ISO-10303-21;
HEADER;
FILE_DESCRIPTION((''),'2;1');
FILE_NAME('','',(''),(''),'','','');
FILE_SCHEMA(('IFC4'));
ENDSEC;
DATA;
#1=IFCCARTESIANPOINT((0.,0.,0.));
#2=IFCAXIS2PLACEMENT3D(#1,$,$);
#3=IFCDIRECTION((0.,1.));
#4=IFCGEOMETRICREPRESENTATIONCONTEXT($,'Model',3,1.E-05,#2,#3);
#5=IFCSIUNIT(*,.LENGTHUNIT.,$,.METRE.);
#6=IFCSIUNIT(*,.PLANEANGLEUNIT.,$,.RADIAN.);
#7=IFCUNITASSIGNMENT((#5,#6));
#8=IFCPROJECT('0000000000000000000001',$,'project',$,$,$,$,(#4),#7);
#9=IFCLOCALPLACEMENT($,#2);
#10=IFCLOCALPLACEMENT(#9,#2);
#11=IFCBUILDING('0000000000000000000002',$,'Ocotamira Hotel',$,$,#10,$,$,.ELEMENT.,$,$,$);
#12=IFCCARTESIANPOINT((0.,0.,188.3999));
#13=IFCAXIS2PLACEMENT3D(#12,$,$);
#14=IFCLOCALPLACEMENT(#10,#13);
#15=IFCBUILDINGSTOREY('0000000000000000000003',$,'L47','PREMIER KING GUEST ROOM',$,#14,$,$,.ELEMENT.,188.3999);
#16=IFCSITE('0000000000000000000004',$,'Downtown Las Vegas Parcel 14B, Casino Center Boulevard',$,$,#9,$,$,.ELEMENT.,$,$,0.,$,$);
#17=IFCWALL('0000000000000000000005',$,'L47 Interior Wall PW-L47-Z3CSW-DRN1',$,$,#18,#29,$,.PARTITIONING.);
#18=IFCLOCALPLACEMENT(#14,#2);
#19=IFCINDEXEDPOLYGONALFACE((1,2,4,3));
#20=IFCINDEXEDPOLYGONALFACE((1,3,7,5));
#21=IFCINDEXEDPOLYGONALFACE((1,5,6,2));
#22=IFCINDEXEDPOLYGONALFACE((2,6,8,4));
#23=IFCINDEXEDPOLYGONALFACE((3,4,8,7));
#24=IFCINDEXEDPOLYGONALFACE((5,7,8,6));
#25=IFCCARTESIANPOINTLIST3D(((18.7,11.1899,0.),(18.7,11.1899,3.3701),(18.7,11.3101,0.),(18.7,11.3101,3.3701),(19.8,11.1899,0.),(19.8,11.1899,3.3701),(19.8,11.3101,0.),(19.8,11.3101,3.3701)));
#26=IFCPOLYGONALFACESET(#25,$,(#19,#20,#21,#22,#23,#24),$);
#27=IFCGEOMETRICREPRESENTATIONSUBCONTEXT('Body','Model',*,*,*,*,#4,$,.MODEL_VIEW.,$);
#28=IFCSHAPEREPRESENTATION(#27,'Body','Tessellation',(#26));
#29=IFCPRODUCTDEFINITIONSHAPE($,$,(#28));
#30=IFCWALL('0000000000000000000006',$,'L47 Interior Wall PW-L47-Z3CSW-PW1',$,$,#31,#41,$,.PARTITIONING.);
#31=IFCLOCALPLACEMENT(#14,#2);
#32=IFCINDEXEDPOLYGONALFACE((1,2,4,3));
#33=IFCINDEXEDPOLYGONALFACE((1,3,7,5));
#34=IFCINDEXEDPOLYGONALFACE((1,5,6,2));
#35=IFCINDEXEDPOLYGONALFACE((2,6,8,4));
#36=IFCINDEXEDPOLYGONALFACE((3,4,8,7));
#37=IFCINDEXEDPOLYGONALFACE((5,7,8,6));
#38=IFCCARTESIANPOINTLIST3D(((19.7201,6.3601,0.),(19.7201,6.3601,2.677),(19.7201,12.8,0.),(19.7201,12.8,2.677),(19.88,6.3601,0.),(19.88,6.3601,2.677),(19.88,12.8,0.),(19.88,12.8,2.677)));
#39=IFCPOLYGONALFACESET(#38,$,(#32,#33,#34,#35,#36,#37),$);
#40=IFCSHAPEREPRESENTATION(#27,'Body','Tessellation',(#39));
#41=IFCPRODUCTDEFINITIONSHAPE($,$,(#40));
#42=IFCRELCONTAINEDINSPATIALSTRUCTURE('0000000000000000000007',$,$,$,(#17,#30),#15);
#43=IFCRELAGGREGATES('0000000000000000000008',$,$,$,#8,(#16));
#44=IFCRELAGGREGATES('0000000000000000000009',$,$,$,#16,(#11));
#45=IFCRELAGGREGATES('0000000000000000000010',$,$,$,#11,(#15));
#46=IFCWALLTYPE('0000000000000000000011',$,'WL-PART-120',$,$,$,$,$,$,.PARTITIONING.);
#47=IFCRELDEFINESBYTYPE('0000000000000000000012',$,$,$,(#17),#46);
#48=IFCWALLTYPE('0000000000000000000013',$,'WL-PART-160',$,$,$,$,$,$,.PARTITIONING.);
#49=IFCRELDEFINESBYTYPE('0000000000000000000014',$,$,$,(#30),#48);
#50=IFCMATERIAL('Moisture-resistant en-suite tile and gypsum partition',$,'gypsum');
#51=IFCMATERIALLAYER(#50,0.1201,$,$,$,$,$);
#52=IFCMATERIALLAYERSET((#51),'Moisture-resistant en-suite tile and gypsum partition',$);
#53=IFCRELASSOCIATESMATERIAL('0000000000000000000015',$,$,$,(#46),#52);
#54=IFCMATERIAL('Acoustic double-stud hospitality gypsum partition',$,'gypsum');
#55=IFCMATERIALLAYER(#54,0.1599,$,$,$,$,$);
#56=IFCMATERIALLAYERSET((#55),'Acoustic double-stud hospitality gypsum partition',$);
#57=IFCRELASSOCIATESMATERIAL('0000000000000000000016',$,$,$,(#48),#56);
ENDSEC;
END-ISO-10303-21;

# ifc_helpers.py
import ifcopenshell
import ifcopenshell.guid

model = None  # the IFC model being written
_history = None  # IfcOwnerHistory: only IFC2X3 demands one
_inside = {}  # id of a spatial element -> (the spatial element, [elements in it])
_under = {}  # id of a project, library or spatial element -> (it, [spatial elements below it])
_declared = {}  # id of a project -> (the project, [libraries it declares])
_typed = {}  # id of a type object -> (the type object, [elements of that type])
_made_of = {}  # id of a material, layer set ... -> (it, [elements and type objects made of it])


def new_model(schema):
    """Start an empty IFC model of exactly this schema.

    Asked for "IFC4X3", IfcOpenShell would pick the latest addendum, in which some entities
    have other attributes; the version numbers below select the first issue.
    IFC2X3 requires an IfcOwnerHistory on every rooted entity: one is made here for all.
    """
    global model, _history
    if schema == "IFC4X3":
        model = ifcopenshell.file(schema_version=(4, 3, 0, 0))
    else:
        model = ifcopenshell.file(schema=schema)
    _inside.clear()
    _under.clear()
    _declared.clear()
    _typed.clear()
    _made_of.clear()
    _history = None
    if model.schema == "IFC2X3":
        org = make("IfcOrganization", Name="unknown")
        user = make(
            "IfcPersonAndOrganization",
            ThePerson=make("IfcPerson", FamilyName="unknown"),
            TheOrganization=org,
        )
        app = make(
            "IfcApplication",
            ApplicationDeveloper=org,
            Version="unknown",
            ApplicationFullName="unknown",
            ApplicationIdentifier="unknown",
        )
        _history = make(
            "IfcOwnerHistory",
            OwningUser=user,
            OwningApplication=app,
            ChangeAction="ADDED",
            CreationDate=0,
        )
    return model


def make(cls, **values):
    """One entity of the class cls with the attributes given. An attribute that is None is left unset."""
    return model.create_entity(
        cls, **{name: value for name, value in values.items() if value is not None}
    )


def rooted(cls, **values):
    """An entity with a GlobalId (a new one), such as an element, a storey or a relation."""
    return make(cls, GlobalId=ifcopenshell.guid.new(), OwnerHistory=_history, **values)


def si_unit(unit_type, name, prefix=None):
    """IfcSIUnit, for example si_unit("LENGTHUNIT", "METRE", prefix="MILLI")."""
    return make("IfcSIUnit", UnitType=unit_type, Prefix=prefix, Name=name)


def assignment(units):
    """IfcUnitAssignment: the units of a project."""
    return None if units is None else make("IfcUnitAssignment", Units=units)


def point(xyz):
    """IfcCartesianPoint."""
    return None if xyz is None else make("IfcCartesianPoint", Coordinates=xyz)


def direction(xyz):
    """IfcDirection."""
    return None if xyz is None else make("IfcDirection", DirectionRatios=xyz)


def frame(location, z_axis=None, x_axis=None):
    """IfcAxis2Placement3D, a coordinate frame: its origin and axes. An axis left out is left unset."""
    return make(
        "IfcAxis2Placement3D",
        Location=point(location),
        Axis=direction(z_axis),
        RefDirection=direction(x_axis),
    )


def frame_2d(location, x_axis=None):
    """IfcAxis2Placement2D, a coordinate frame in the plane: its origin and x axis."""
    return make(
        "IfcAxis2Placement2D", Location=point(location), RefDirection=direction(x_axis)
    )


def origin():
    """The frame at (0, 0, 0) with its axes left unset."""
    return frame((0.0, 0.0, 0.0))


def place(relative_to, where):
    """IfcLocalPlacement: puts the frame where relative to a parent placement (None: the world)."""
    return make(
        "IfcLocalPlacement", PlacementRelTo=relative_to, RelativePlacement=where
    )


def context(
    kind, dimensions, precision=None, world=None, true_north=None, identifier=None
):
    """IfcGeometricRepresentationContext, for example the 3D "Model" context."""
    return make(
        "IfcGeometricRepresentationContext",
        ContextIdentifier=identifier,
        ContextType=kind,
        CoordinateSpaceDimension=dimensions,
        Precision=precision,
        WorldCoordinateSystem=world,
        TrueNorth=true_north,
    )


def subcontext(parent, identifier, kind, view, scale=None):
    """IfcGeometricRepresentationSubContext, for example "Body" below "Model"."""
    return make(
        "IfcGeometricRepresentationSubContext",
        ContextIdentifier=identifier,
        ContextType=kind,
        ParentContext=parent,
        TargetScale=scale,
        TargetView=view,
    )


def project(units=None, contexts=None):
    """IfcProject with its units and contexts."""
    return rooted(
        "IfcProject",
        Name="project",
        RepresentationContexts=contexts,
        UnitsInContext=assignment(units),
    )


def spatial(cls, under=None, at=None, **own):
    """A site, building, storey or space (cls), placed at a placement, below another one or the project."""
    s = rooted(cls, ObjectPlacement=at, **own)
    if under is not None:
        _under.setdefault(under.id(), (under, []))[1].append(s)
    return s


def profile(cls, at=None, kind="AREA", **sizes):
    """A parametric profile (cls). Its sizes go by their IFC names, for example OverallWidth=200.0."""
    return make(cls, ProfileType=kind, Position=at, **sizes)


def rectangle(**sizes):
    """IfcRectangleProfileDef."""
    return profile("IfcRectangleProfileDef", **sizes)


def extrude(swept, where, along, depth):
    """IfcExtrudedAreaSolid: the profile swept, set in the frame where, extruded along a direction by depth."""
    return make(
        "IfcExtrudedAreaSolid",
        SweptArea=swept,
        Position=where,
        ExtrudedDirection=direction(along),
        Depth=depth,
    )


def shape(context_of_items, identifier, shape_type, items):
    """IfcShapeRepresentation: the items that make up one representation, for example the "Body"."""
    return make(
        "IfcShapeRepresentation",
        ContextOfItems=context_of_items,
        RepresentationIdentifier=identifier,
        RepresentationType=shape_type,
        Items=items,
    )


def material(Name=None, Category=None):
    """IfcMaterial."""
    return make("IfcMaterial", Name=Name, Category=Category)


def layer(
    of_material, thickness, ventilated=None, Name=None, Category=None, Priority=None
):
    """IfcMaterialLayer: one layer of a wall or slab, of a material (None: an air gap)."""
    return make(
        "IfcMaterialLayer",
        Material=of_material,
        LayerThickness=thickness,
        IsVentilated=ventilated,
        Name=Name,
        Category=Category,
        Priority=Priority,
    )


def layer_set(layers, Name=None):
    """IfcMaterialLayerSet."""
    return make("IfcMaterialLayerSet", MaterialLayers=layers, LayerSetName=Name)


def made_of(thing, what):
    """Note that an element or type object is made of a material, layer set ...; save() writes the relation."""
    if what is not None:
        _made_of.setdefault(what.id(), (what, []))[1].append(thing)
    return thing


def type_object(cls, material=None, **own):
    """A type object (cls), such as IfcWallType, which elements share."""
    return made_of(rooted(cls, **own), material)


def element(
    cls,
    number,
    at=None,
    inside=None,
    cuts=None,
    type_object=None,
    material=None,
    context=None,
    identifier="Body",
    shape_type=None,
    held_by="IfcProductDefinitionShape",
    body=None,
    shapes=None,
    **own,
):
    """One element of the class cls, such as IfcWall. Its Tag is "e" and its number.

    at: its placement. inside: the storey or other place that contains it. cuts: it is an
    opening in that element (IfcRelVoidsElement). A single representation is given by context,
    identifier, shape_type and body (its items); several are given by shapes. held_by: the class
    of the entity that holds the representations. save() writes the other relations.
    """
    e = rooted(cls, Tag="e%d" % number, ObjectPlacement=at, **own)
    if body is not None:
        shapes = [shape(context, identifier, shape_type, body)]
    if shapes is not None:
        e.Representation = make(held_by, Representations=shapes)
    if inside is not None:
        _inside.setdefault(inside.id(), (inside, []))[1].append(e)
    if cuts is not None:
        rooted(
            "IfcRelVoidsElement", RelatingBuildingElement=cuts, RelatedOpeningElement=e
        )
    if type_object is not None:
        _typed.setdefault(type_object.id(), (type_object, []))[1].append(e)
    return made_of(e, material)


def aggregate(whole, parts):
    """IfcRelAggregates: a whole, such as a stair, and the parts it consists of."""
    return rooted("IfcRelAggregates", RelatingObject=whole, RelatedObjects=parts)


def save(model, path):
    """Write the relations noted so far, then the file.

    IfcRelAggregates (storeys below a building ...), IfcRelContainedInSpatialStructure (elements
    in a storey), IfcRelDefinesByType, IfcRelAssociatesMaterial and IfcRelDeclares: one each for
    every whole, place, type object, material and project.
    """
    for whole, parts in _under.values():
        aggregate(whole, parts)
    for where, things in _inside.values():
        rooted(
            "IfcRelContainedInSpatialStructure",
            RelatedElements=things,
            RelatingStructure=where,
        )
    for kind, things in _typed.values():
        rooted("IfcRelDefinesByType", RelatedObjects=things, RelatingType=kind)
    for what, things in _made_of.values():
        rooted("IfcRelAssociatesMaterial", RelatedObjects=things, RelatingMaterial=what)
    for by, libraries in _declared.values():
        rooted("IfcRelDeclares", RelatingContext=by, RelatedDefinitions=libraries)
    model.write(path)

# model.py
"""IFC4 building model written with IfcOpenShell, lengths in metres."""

from ifc_helpers import new_model, si_unit, direction, frame, frame_2d, origin, place, context, subcontext, project, spatial, rectangle, extrude, material, layer, layer_set, type_object, element, save


model = new_model("IFC4")

# Units and contexts
model_context = context("Model", 3, precision=1e-05, world=origin(), true_north=direction((0.0, 1.0)))
body_context = subcontext(model_context, "Body", "Model", "MODEL_VIEW")
ifc_project = project(units=[si_unit("LENGTHUNIT", "METRE"), si_unit("PLANEANGLEUNIT", "RADIAN")], contexts=[model_context])

# Site, building, storey
site_placement = place(None, origin())
site = spatial("IfcSite", under=ifc_project, at=site_placement, Name="Downtown Las Vegas Parcel 14B, Casino Center Boulevard", CompositionType="ELEMENT", RefElevation=0.0)
building_placement = place(site_placement, origin())
building = spatial("IfcBuilding", under=site, at=building_placement, Name="Ocotamira Hotel", CompositionType="ELEMENT")
storey_placement = place(building_placement, frame((0.0, 0.0, 188.3999)))
storey = spatial("IfcBuildingStorey", under=building, at=storey_placement, Name="L47", Description="PREMIER KING GUEST ROOM", CompositionType="ELEMENT", Elevation=188.3999)

# Shared definitions
ifc_material_1 = material(Name="Moisture-resistant en-suite tile and gypsum partition", Category="gypsum")
ifc_layer_1 = layer(ifc_material_1, 0.1201)
ifc_layer_set_1 = layer_set([ifc_layer_1], Name="Moisture-resistant en-suite tile and gypsum partition")
wall_type_1 = type_object("IfcWallType", Name="WL-PART-120", PredefinedType="PARTITIONING", material=ifc_layer_set_1)

# Walls
wall_1_placement = place(storey_placement, frame((18.7, 11.25, 0.0), z_axis=(0.0, 0.0, 1.0), x_axis=(1.0, 0.0, 0.0)))
element("IfcWall", 1, at=wall_1_placement, inside=storey, type_object=wall_type_1, Name="L47 Interior Wall PW-L47-Z3CSW-DRN1", PredefinedType="PARTITIONING", context=body_context, shape_type="SweptSolid", body=[
    extrude(rectangle(XDim=1.1001, YDim=0.1201, at=frame_2d((0.55, 0.0))), origin(), (0.0, 0.0, 1.0), 3.3701),
])
ifc_material_2 = material(Name="Acoustic double-stud hospitality gypsum partition", Category="gypsum")
ifc_layer_2 = layer(ifc_material_2, 0.1599)
ifc_layer_set_2 = layer_set([ifc_layer_2], Name="Acoustic double-stud hospitality gypsum partition")
wall_type_2 = type_object("IfcWallType", Name="WL-PART-160", PredefinedType="PARTITIONING", material=ifc_layer_set_2)
wall_2_placement = place(storey_placement, frame((19.8, 6.3601, 0.0), z_axis=(0.0, 0.0, 1.0), x_axis=(0.0, 1.0, 0.0)))
element("IfcWall", 2, at=wall_2_placement, inside=storey, type_object=wall_type_2, Name="L47 Interior Wall PW-L47-Z3CSW-PW1", PredefinedType="PARTITIONING", context=body_context, shape_type="SweptSolid", body=[
    extrude(rectangle(XDim=6.4399, YDim=0.1599, at=frame_2d((3.22, 0.0))), origin(), (0.0, 0.0, 1.0), 2.677),
])

save(model, "model.ifc")
